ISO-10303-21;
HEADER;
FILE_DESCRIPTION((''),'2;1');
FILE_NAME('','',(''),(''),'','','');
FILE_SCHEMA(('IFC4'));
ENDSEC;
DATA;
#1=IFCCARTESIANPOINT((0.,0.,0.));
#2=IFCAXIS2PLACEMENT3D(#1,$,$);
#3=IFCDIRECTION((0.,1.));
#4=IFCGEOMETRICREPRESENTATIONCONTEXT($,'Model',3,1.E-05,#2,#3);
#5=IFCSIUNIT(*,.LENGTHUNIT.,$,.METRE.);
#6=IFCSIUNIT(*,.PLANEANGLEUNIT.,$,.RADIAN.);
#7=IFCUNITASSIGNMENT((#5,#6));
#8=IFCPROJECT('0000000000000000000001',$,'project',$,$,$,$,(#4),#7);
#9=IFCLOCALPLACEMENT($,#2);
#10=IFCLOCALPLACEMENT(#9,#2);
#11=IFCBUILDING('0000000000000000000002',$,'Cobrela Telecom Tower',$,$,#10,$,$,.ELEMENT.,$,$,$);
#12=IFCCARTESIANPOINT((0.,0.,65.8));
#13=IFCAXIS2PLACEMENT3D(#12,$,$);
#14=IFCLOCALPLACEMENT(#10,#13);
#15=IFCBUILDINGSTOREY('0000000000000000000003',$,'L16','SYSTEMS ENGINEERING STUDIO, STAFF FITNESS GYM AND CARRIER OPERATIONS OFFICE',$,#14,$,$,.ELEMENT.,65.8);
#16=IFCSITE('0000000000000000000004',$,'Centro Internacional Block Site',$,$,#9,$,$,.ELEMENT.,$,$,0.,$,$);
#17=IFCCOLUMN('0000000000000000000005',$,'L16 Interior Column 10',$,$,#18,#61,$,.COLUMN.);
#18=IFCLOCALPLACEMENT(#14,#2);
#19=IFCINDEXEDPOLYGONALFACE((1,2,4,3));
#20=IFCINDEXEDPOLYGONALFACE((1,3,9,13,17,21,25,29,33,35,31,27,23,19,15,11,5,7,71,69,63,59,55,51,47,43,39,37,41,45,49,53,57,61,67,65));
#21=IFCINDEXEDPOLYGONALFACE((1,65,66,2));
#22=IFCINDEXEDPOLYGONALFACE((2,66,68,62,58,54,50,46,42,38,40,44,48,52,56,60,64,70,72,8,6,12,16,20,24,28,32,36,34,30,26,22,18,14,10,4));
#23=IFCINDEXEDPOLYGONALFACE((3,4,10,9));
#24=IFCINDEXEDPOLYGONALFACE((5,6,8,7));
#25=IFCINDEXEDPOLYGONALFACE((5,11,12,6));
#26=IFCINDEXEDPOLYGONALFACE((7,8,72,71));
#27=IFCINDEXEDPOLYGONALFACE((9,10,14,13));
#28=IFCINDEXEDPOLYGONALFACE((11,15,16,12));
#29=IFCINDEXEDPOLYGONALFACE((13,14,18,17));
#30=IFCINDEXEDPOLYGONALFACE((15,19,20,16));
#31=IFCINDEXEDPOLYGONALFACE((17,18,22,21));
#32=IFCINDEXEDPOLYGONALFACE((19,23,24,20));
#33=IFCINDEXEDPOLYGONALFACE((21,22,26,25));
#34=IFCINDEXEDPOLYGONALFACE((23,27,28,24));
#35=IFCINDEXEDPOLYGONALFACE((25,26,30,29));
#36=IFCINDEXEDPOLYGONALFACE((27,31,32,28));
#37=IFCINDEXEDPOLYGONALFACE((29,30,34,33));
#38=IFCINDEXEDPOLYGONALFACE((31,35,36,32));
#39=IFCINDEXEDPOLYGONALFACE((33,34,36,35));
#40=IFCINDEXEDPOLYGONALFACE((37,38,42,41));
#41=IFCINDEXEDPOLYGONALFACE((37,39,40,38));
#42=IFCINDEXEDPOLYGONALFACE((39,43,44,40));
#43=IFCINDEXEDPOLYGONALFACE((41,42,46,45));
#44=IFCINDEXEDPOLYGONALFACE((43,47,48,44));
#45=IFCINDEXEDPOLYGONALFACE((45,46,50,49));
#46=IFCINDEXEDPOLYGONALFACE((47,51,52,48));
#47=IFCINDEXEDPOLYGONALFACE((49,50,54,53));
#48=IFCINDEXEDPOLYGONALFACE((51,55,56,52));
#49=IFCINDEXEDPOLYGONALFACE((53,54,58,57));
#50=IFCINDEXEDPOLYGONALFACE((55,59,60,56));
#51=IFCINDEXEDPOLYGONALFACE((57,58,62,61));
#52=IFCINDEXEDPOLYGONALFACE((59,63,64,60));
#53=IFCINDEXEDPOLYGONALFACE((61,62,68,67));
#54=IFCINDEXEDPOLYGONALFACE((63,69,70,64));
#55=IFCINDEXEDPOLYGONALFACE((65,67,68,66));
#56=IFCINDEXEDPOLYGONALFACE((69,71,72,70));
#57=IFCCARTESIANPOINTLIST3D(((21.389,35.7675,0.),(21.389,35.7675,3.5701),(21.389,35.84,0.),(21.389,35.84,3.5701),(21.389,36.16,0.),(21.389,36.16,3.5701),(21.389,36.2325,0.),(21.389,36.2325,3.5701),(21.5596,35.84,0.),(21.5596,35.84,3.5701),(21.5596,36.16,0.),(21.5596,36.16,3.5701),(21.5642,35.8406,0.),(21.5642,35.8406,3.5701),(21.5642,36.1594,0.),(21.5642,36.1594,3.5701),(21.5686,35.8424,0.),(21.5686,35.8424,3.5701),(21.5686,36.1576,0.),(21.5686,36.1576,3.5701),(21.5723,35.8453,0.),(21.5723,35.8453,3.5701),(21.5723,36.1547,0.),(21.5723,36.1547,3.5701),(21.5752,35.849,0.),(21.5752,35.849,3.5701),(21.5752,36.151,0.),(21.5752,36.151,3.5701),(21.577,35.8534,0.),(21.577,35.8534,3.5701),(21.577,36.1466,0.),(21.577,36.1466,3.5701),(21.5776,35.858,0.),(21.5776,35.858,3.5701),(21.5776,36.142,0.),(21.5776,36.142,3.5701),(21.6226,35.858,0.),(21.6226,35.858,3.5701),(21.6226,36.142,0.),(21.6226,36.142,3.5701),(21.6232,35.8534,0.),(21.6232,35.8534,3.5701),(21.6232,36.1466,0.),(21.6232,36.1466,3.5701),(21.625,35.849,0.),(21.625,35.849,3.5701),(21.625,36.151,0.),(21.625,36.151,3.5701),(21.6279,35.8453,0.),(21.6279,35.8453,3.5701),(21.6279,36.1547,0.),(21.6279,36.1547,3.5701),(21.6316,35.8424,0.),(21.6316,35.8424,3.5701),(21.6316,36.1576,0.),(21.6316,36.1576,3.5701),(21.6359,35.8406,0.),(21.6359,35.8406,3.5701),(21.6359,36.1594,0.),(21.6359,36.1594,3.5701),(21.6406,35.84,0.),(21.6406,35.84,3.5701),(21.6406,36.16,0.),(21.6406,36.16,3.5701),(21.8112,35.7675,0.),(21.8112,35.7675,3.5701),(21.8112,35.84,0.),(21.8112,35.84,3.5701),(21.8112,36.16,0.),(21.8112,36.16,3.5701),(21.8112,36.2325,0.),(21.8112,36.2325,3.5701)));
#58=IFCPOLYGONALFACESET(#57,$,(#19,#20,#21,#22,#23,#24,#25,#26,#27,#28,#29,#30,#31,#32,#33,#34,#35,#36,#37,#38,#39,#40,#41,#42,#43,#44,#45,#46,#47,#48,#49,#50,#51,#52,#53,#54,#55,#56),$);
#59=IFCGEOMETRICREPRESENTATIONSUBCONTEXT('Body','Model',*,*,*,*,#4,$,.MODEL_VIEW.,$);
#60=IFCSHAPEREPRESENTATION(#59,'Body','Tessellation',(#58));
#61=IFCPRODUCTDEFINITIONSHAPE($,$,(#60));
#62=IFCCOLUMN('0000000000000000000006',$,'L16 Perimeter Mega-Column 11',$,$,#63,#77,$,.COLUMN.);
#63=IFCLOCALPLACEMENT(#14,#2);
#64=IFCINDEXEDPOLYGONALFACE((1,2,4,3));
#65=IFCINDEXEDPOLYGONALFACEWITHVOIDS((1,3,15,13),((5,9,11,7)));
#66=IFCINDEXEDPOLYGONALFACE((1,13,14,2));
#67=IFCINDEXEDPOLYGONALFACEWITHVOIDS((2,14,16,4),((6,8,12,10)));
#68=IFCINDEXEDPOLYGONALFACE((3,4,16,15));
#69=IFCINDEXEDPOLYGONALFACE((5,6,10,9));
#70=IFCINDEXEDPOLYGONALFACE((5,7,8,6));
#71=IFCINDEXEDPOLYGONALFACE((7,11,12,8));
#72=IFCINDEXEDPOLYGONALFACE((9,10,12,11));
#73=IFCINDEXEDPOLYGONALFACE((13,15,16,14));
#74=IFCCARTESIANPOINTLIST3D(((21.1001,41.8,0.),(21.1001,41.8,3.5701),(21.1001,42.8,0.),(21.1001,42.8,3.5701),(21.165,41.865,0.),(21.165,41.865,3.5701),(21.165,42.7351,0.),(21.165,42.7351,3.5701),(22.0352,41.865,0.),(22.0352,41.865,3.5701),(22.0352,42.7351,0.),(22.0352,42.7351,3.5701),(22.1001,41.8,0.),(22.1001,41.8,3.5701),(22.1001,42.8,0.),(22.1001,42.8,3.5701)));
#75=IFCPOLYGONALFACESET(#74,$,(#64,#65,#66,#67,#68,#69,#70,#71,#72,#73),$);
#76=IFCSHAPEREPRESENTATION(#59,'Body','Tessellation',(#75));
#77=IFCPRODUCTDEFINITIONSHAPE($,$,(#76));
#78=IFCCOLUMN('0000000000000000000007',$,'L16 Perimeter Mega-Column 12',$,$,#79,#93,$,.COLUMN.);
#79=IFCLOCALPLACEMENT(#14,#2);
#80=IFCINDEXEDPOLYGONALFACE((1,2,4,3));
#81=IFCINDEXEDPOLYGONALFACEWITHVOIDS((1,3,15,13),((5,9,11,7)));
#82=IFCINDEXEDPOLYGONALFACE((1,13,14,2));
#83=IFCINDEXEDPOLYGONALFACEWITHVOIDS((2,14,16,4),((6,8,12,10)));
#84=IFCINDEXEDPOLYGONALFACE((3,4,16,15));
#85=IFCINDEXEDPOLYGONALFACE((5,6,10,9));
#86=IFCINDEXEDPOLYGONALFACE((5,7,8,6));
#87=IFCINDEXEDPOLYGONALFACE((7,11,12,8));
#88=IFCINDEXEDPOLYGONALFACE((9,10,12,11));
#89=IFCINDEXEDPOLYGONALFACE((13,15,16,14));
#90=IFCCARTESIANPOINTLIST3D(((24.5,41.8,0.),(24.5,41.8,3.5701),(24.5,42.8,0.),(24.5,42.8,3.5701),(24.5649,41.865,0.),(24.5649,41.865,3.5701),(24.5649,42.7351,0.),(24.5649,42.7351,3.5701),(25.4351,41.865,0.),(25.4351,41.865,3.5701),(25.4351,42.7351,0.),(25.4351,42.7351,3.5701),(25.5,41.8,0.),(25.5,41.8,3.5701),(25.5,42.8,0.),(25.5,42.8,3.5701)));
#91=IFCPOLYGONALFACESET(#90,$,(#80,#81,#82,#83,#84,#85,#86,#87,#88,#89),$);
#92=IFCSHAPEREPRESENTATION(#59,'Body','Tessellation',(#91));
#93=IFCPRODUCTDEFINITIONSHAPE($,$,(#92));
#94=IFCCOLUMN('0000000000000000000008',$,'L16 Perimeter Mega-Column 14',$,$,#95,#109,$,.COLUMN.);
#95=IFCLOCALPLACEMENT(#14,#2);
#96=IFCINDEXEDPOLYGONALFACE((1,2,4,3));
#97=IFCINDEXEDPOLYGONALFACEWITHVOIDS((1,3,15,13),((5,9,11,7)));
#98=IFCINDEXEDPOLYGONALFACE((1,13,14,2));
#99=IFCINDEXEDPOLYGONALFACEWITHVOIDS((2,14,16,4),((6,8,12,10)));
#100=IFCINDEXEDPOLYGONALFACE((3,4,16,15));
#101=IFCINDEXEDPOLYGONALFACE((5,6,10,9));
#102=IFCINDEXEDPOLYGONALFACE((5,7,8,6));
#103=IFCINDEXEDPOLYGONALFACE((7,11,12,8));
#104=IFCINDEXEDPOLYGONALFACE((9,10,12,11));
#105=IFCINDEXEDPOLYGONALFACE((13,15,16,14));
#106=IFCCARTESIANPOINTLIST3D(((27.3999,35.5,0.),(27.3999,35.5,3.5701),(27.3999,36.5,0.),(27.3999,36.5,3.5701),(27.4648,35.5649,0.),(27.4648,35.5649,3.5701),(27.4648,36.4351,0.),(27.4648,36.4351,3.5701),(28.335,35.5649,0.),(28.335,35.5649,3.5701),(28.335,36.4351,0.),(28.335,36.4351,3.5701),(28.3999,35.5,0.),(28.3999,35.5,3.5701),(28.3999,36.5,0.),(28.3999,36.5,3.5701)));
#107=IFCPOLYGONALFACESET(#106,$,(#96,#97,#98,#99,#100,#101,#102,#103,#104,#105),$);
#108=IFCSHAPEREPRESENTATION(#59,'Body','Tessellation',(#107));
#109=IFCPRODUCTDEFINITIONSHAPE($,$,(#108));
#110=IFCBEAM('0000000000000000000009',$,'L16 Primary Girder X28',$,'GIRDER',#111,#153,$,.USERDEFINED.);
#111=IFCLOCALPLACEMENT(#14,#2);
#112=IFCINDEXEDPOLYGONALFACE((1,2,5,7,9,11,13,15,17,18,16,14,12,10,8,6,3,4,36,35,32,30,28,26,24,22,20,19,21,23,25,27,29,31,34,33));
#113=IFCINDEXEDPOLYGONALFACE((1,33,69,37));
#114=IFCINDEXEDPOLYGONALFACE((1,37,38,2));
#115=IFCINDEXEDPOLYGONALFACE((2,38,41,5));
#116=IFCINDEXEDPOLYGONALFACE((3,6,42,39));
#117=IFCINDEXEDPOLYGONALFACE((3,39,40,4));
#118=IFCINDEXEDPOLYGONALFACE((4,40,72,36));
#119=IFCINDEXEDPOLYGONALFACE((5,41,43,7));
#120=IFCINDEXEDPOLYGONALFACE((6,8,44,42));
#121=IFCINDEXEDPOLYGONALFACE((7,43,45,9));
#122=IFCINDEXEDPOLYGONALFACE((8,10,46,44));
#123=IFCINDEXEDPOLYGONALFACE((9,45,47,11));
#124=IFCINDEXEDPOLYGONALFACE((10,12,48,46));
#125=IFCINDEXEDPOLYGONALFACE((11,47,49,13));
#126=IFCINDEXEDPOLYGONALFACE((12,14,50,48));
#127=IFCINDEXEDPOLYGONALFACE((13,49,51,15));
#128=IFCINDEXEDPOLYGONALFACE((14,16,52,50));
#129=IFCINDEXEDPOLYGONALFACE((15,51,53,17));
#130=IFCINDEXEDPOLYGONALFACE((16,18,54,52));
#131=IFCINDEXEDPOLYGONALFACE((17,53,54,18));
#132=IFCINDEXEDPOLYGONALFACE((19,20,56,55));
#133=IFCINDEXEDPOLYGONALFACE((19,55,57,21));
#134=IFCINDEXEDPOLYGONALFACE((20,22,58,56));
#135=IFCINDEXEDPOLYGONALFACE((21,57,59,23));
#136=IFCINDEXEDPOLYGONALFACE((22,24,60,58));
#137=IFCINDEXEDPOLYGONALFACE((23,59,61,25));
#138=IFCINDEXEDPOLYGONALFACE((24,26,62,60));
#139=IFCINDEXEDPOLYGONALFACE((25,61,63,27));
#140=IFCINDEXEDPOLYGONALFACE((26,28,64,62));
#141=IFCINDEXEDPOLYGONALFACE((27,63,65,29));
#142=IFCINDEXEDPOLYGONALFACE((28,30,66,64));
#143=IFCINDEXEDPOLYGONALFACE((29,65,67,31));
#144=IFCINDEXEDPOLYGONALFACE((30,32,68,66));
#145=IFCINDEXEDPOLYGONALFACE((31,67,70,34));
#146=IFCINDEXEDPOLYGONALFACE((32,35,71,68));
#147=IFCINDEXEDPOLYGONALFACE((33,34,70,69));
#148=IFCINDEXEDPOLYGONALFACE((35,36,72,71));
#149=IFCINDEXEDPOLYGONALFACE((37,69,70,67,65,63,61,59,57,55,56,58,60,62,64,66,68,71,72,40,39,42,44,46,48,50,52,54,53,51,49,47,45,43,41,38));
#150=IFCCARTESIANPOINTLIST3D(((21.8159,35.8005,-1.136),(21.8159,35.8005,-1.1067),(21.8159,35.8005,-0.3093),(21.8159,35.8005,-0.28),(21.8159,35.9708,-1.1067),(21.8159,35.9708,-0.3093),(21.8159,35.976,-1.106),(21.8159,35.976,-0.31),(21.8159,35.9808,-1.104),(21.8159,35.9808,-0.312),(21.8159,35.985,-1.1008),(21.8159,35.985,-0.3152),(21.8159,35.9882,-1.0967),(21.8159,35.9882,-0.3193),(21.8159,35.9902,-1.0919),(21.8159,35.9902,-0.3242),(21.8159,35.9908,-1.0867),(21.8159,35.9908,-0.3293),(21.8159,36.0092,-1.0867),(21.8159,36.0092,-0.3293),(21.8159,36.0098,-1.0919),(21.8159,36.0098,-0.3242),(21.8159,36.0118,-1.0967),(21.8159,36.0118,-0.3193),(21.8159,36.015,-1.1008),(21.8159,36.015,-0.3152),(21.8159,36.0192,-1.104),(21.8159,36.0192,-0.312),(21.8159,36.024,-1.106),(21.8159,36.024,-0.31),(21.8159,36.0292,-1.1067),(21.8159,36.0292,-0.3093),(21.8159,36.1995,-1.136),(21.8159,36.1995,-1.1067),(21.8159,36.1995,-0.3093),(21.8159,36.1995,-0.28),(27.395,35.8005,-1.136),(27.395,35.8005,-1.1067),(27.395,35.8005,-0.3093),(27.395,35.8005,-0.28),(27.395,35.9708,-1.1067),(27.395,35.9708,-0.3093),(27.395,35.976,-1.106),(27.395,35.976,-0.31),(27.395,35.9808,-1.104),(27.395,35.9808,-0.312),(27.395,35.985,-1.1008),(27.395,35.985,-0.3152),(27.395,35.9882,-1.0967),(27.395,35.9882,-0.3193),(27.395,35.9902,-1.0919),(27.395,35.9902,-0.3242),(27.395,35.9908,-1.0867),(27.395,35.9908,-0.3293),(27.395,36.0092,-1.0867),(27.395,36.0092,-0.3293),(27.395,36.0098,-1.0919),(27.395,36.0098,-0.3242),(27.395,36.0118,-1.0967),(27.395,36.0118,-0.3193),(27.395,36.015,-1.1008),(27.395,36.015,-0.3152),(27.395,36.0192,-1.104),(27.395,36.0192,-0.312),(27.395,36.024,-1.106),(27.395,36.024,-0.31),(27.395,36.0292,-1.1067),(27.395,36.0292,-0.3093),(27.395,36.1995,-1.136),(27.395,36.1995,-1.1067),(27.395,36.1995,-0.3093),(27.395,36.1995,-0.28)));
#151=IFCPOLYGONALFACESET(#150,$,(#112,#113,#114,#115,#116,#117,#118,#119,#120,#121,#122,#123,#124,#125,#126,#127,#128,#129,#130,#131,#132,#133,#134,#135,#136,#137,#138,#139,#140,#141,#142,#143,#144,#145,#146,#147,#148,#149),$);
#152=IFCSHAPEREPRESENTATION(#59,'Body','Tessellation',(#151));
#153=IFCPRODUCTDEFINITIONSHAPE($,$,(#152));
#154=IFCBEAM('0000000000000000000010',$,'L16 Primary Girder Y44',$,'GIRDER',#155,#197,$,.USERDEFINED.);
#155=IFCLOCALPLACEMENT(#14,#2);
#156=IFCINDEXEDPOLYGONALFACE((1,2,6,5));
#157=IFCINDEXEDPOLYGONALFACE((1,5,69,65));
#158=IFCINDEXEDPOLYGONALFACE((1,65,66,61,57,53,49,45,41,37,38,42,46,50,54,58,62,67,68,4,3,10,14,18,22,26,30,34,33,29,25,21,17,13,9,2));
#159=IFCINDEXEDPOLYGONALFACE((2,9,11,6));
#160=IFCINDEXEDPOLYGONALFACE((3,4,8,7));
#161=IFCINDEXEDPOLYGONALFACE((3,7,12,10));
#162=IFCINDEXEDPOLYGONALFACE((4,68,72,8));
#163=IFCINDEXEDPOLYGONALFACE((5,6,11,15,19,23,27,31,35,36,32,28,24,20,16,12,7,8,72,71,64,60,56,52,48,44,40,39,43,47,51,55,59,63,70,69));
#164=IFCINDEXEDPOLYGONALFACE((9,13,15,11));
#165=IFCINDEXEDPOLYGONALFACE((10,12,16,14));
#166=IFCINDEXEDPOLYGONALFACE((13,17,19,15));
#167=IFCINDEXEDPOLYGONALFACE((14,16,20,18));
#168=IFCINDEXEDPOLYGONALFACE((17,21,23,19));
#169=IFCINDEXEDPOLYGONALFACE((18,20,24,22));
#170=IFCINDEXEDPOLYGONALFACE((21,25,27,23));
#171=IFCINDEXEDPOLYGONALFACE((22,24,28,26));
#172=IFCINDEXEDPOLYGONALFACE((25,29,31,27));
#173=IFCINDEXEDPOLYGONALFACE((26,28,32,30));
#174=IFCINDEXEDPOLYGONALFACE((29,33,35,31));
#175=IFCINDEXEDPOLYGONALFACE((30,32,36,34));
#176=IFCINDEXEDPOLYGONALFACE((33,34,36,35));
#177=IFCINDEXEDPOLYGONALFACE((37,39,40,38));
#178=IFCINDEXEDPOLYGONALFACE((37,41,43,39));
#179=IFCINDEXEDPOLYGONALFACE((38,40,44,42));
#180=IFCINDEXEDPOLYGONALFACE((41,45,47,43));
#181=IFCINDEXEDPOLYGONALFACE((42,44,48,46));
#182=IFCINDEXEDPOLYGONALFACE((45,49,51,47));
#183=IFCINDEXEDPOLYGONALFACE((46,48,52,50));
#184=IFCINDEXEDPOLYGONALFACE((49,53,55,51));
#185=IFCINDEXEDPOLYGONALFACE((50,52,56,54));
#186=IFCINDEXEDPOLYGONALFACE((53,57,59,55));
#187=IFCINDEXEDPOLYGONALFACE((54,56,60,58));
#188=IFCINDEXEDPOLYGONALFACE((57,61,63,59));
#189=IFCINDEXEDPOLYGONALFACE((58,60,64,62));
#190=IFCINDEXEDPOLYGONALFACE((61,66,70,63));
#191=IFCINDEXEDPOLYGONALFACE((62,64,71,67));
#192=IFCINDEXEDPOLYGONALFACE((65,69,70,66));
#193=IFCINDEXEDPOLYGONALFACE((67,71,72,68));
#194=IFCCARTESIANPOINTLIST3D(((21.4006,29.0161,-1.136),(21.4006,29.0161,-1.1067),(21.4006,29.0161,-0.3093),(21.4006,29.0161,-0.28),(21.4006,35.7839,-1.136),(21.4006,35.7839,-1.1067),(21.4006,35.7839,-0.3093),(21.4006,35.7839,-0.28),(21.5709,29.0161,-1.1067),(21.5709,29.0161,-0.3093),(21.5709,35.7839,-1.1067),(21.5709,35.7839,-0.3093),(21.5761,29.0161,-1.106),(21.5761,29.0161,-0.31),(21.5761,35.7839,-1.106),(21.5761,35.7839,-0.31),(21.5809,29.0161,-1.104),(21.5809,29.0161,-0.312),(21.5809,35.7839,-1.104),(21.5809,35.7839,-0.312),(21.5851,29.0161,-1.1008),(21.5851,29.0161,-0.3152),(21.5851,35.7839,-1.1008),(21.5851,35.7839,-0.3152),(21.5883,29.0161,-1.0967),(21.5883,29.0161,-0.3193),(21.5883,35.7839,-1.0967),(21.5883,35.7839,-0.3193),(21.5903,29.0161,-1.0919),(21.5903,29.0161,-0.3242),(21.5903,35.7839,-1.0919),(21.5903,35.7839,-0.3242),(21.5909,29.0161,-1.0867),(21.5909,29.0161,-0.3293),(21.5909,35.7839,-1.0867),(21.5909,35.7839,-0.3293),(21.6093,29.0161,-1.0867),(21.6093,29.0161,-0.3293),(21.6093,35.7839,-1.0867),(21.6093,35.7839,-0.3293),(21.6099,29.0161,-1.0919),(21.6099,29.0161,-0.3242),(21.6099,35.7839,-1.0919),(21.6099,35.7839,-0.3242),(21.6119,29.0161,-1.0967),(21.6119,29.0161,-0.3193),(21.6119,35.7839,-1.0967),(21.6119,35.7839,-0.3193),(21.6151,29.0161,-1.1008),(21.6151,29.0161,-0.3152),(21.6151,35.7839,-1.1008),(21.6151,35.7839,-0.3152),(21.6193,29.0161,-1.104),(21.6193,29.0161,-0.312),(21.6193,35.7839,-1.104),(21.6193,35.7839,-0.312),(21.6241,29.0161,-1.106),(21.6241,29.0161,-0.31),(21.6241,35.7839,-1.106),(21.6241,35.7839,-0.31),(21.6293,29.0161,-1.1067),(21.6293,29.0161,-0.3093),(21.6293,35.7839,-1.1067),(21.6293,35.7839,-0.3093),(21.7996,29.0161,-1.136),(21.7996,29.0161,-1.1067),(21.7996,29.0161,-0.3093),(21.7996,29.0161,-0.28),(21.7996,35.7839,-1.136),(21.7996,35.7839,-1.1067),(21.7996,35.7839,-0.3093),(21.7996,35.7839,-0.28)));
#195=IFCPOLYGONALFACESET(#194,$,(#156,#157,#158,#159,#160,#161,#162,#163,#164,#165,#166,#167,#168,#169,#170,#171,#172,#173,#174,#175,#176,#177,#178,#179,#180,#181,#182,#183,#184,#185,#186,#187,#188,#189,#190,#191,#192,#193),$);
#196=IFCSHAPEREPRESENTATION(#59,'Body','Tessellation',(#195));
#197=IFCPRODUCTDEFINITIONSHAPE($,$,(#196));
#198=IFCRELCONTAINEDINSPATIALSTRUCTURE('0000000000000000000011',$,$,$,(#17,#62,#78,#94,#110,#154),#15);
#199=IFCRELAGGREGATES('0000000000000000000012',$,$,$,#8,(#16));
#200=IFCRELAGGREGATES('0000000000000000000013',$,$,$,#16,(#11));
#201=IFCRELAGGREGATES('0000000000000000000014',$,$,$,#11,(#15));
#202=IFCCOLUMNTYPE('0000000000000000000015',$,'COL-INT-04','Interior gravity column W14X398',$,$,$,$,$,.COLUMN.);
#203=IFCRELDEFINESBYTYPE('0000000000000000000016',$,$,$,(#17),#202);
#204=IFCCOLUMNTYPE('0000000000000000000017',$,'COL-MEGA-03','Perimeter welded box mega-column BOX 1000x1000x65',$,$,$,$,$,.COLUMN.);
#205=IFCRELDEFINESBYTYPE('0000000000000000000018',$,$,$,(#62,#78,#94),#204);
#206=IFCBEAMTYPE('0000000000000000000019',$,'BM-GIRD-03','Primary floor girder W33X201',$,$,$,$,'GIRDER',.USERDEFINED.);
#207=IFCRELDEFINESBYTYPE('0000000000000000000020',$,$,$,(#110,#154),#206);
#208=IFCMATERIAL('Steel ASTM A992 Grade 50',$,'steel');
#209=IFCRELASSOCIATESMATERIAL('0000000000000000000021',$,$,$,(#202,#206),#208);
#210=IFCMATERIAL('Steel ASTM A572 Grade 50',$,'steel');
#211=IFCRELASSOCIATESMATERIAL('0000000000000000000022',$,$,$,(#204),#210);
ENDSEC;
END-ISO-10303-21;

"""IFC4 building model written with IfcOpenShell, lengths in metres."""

from ifc_helpers import new_model, si_unit, direction, frame, origin, origin_2d, place, context, subcontext, project, spatial, hollow_rectangle, i_section, extrude, material, material_profile, profile_set, type_object, element, save


model = new_model("IFC4")

# Units and contexts
model_context = context("Model", 3, precision=1e-05, world=origin(), true_north=direction((0.0, 1.0)))
body_context = subcontext(model_context, "Body", "Model", "MODEL_VIEW")
ifc_project = project(units=[si_unit("LENGTHUNIT", "METRE"), si_unit("PLANEANGLEUNIT", "RADIAN")], contexts=[model_context])

# Site, building, storey
site_placement = place(None, origin())
site = spatial("IfcSite", under=ifc_project, at=site_placement, Name="Centro Internacional Block Site", CompositionType="ELEMENT", RefElevation=0.0)
building_placement = place(site_placement, origin())
building = spatial("IfcBuilding", under=site, at=building_placement, Name="Cobrela Telecom Tower", CompositionType="ELEMENT")
storey_placement = place(building_placement, frame((0.0, 0.0, 65.8)))
storey = spatial("IfcBuildingStorey", under=building, at=storey_placement, Name="L16", Description="SYSTEMS ENGINEERING STUDIO, STAFF FITNESS GYM AND CARRIER OPERATIONS OFFICE", CompositionType="ELEMENT", Elevation=65.8)

# Columns
ifc_material_1 = material(Name="Steel ASTM A992 Grade 50", Category="steel")
ifc_material_profile_1 = material_profile(ifc_material_1, i_section(OverallWidth=0.4221, OverallDepth=0.4651, WebThickness=0.0449, FlangeThickness=0.0725, FilletRadius=0.0181, at=origin_2d()), Name="W14X398")
ifc_profile_set_1 = profile_set([ifc_material_profile_1], Name="Steel ASTM A992 Grade 50")
column_type_1 = type_object("IfcColumnType", Name="COL-INT-04", Description="Interior gravity column W14X398", PredefinedType="COLUMN", material=ifc_profile_set_1)
column_placement = place(storey_placement, frame((21.6001, 36.0, 0.0), z_axis=(0.0, 0.0, 1.0), x_axis=(1.0, 0.0, 0.0)))
element("IfcColumn", 1, at=column_placement, inside=storey, type_object=column_type_1, Name="L16 Interior Column 10", PredefinedType="COLUMN", context=body_context, shape_type="SweptSolid", body=[
    extrude(i_section(OverallWidth=0.4221, OverallDepth=0.4651, WebThickness=0.0449, FlangeThickness=0.0725, FilletRadius=0.0181, at=origin_2d()), origin(), (0.0, 0.0, 1.0), 3.5701),
])
ifc_material_2 = material(Name="Steel ASTM A572 Grade 50", Category="steel")
ifc_material_profile_2 = material_profile(ifc_material_2, hollow_rectangle(XDim=1.0, YDim=1.0, WallThickness=0.0649, at=origin_2d()), Name="BOX 1000x1000x65")
ifc_profile_set_2 = profile_set([ifc_material_profile_2], Name="Steel ASTM A572 Grade 50")
column_type_2 = type_object("IfcColumnType", Name="COL-MEGA-03", Description="Perimeter welded box mega-column BOX 1000x1000x65", PredefinedType="COLUMN", material=ifc_profile_set_2)
for number, where, z_axis, x_axis, name in (
    (2, (21.6001, 42.3, 0.0), (0.0, 0.0, 1.0), (1.0, 0.0, 0.0), "L16 Perimeter Mega-Column 11"),
    (3, (25.0, 42.3, 0.0), (0.0, 0.0, 1.0), (1.0, 0.0, 0.0), "L16 Perimeter Mega-Column 12"),
    (4, (27.8999, 36.0, 0.0), (0.0, 0.0, 1.0), (1.0, 0.0, 0.0), "L16 Perimeter Mega-Column 14"),
):
    element("IfcColumn", number, at=place(storey_placement, frame(where, z_axis=z_axis, x_axis=x_axis)), inside=storey, type_object=column_type_2, Name=name, PredefinedType="COLUMN", context=body_context, shape_type="SweptSolid", body=[
        extrude(hollow_rectangle(XDim=1.0, YDim=1.0, WallThickness=0.0649, at=origin_2d()), origin(), (0.0, 0.0, 1.0), 3.5701),
    ])

# Beams
ifc_material_profile_3 = material_profile(ifc_material_1, i_section(OverallWidth=0.3989, OverallDepth=0.856, WebThickness=0.0183, FlangeThickness=0.0293, FilletRadius=0.02, at=origin_2d()), Name="W33X201")
ifc_profile_set_3 = profile_set([ifc_material_profile_3], Name="Steel ASTM A992 Grade 50")
beam_type_1 = type_object("IfcBeamType", Name="BM-GIRD-03", Description="Primary floor girder W33X201", ElementType="GIRDER", PredefinedType="USERDEFINED", material=ifc_profile_set_3)
beam_1_placement = place(storey_placement, frame((21.8159, 36.0, -0.708), z_axis=(1.0, 0.0, 0.0), x_axis=(0.0, 1.0, 0.0)))
element("IfcBeam", 5, at=beam_1_placement, inside=storey, type_object=beam_type_1, Name="L16 Primary Girder X28", ObjectType="GIRDER", PredefinedType="USERDEFINED", context=body_context, shape_type="SweptSolid", body=[
    extrude(i_section(OverallWidth=0.3989, OverallDepth=0.856, WebThickness=0.0183, FlangeThickness=0.0293, FilletRadius=0.02, at=origin_2d()), origin(), (0.0, 0.0, 1.0), 5.5791),
])
beam_2_placement = place(storey_placement, frame((21.6001, 29.0161, -0.708), z_axis=(0.0, 1.0, 0.0), x_axis=(-1.0, 0.0, 0.0)))
element("IfcBeam", 6, at=beam_2_placement, inside=storey, type_object=beam_type_1, Name="L16 Primary Girder Y44", ObjectType="GIRDER", PredefinedType="USERDEFINED", context=body_context, shape_type="SweptSolid", body=[
    extrude(i_section(OverallWidth=0.3989, OverallDepth=0.856, WebThickness=0.0183, FlangeThickness=0.0293, FilletRadius=0.02, at=origin_2d()), origin(), (0.0, 0.0, 1.0), 6.7678),
])

save(model, "model.ifc")
